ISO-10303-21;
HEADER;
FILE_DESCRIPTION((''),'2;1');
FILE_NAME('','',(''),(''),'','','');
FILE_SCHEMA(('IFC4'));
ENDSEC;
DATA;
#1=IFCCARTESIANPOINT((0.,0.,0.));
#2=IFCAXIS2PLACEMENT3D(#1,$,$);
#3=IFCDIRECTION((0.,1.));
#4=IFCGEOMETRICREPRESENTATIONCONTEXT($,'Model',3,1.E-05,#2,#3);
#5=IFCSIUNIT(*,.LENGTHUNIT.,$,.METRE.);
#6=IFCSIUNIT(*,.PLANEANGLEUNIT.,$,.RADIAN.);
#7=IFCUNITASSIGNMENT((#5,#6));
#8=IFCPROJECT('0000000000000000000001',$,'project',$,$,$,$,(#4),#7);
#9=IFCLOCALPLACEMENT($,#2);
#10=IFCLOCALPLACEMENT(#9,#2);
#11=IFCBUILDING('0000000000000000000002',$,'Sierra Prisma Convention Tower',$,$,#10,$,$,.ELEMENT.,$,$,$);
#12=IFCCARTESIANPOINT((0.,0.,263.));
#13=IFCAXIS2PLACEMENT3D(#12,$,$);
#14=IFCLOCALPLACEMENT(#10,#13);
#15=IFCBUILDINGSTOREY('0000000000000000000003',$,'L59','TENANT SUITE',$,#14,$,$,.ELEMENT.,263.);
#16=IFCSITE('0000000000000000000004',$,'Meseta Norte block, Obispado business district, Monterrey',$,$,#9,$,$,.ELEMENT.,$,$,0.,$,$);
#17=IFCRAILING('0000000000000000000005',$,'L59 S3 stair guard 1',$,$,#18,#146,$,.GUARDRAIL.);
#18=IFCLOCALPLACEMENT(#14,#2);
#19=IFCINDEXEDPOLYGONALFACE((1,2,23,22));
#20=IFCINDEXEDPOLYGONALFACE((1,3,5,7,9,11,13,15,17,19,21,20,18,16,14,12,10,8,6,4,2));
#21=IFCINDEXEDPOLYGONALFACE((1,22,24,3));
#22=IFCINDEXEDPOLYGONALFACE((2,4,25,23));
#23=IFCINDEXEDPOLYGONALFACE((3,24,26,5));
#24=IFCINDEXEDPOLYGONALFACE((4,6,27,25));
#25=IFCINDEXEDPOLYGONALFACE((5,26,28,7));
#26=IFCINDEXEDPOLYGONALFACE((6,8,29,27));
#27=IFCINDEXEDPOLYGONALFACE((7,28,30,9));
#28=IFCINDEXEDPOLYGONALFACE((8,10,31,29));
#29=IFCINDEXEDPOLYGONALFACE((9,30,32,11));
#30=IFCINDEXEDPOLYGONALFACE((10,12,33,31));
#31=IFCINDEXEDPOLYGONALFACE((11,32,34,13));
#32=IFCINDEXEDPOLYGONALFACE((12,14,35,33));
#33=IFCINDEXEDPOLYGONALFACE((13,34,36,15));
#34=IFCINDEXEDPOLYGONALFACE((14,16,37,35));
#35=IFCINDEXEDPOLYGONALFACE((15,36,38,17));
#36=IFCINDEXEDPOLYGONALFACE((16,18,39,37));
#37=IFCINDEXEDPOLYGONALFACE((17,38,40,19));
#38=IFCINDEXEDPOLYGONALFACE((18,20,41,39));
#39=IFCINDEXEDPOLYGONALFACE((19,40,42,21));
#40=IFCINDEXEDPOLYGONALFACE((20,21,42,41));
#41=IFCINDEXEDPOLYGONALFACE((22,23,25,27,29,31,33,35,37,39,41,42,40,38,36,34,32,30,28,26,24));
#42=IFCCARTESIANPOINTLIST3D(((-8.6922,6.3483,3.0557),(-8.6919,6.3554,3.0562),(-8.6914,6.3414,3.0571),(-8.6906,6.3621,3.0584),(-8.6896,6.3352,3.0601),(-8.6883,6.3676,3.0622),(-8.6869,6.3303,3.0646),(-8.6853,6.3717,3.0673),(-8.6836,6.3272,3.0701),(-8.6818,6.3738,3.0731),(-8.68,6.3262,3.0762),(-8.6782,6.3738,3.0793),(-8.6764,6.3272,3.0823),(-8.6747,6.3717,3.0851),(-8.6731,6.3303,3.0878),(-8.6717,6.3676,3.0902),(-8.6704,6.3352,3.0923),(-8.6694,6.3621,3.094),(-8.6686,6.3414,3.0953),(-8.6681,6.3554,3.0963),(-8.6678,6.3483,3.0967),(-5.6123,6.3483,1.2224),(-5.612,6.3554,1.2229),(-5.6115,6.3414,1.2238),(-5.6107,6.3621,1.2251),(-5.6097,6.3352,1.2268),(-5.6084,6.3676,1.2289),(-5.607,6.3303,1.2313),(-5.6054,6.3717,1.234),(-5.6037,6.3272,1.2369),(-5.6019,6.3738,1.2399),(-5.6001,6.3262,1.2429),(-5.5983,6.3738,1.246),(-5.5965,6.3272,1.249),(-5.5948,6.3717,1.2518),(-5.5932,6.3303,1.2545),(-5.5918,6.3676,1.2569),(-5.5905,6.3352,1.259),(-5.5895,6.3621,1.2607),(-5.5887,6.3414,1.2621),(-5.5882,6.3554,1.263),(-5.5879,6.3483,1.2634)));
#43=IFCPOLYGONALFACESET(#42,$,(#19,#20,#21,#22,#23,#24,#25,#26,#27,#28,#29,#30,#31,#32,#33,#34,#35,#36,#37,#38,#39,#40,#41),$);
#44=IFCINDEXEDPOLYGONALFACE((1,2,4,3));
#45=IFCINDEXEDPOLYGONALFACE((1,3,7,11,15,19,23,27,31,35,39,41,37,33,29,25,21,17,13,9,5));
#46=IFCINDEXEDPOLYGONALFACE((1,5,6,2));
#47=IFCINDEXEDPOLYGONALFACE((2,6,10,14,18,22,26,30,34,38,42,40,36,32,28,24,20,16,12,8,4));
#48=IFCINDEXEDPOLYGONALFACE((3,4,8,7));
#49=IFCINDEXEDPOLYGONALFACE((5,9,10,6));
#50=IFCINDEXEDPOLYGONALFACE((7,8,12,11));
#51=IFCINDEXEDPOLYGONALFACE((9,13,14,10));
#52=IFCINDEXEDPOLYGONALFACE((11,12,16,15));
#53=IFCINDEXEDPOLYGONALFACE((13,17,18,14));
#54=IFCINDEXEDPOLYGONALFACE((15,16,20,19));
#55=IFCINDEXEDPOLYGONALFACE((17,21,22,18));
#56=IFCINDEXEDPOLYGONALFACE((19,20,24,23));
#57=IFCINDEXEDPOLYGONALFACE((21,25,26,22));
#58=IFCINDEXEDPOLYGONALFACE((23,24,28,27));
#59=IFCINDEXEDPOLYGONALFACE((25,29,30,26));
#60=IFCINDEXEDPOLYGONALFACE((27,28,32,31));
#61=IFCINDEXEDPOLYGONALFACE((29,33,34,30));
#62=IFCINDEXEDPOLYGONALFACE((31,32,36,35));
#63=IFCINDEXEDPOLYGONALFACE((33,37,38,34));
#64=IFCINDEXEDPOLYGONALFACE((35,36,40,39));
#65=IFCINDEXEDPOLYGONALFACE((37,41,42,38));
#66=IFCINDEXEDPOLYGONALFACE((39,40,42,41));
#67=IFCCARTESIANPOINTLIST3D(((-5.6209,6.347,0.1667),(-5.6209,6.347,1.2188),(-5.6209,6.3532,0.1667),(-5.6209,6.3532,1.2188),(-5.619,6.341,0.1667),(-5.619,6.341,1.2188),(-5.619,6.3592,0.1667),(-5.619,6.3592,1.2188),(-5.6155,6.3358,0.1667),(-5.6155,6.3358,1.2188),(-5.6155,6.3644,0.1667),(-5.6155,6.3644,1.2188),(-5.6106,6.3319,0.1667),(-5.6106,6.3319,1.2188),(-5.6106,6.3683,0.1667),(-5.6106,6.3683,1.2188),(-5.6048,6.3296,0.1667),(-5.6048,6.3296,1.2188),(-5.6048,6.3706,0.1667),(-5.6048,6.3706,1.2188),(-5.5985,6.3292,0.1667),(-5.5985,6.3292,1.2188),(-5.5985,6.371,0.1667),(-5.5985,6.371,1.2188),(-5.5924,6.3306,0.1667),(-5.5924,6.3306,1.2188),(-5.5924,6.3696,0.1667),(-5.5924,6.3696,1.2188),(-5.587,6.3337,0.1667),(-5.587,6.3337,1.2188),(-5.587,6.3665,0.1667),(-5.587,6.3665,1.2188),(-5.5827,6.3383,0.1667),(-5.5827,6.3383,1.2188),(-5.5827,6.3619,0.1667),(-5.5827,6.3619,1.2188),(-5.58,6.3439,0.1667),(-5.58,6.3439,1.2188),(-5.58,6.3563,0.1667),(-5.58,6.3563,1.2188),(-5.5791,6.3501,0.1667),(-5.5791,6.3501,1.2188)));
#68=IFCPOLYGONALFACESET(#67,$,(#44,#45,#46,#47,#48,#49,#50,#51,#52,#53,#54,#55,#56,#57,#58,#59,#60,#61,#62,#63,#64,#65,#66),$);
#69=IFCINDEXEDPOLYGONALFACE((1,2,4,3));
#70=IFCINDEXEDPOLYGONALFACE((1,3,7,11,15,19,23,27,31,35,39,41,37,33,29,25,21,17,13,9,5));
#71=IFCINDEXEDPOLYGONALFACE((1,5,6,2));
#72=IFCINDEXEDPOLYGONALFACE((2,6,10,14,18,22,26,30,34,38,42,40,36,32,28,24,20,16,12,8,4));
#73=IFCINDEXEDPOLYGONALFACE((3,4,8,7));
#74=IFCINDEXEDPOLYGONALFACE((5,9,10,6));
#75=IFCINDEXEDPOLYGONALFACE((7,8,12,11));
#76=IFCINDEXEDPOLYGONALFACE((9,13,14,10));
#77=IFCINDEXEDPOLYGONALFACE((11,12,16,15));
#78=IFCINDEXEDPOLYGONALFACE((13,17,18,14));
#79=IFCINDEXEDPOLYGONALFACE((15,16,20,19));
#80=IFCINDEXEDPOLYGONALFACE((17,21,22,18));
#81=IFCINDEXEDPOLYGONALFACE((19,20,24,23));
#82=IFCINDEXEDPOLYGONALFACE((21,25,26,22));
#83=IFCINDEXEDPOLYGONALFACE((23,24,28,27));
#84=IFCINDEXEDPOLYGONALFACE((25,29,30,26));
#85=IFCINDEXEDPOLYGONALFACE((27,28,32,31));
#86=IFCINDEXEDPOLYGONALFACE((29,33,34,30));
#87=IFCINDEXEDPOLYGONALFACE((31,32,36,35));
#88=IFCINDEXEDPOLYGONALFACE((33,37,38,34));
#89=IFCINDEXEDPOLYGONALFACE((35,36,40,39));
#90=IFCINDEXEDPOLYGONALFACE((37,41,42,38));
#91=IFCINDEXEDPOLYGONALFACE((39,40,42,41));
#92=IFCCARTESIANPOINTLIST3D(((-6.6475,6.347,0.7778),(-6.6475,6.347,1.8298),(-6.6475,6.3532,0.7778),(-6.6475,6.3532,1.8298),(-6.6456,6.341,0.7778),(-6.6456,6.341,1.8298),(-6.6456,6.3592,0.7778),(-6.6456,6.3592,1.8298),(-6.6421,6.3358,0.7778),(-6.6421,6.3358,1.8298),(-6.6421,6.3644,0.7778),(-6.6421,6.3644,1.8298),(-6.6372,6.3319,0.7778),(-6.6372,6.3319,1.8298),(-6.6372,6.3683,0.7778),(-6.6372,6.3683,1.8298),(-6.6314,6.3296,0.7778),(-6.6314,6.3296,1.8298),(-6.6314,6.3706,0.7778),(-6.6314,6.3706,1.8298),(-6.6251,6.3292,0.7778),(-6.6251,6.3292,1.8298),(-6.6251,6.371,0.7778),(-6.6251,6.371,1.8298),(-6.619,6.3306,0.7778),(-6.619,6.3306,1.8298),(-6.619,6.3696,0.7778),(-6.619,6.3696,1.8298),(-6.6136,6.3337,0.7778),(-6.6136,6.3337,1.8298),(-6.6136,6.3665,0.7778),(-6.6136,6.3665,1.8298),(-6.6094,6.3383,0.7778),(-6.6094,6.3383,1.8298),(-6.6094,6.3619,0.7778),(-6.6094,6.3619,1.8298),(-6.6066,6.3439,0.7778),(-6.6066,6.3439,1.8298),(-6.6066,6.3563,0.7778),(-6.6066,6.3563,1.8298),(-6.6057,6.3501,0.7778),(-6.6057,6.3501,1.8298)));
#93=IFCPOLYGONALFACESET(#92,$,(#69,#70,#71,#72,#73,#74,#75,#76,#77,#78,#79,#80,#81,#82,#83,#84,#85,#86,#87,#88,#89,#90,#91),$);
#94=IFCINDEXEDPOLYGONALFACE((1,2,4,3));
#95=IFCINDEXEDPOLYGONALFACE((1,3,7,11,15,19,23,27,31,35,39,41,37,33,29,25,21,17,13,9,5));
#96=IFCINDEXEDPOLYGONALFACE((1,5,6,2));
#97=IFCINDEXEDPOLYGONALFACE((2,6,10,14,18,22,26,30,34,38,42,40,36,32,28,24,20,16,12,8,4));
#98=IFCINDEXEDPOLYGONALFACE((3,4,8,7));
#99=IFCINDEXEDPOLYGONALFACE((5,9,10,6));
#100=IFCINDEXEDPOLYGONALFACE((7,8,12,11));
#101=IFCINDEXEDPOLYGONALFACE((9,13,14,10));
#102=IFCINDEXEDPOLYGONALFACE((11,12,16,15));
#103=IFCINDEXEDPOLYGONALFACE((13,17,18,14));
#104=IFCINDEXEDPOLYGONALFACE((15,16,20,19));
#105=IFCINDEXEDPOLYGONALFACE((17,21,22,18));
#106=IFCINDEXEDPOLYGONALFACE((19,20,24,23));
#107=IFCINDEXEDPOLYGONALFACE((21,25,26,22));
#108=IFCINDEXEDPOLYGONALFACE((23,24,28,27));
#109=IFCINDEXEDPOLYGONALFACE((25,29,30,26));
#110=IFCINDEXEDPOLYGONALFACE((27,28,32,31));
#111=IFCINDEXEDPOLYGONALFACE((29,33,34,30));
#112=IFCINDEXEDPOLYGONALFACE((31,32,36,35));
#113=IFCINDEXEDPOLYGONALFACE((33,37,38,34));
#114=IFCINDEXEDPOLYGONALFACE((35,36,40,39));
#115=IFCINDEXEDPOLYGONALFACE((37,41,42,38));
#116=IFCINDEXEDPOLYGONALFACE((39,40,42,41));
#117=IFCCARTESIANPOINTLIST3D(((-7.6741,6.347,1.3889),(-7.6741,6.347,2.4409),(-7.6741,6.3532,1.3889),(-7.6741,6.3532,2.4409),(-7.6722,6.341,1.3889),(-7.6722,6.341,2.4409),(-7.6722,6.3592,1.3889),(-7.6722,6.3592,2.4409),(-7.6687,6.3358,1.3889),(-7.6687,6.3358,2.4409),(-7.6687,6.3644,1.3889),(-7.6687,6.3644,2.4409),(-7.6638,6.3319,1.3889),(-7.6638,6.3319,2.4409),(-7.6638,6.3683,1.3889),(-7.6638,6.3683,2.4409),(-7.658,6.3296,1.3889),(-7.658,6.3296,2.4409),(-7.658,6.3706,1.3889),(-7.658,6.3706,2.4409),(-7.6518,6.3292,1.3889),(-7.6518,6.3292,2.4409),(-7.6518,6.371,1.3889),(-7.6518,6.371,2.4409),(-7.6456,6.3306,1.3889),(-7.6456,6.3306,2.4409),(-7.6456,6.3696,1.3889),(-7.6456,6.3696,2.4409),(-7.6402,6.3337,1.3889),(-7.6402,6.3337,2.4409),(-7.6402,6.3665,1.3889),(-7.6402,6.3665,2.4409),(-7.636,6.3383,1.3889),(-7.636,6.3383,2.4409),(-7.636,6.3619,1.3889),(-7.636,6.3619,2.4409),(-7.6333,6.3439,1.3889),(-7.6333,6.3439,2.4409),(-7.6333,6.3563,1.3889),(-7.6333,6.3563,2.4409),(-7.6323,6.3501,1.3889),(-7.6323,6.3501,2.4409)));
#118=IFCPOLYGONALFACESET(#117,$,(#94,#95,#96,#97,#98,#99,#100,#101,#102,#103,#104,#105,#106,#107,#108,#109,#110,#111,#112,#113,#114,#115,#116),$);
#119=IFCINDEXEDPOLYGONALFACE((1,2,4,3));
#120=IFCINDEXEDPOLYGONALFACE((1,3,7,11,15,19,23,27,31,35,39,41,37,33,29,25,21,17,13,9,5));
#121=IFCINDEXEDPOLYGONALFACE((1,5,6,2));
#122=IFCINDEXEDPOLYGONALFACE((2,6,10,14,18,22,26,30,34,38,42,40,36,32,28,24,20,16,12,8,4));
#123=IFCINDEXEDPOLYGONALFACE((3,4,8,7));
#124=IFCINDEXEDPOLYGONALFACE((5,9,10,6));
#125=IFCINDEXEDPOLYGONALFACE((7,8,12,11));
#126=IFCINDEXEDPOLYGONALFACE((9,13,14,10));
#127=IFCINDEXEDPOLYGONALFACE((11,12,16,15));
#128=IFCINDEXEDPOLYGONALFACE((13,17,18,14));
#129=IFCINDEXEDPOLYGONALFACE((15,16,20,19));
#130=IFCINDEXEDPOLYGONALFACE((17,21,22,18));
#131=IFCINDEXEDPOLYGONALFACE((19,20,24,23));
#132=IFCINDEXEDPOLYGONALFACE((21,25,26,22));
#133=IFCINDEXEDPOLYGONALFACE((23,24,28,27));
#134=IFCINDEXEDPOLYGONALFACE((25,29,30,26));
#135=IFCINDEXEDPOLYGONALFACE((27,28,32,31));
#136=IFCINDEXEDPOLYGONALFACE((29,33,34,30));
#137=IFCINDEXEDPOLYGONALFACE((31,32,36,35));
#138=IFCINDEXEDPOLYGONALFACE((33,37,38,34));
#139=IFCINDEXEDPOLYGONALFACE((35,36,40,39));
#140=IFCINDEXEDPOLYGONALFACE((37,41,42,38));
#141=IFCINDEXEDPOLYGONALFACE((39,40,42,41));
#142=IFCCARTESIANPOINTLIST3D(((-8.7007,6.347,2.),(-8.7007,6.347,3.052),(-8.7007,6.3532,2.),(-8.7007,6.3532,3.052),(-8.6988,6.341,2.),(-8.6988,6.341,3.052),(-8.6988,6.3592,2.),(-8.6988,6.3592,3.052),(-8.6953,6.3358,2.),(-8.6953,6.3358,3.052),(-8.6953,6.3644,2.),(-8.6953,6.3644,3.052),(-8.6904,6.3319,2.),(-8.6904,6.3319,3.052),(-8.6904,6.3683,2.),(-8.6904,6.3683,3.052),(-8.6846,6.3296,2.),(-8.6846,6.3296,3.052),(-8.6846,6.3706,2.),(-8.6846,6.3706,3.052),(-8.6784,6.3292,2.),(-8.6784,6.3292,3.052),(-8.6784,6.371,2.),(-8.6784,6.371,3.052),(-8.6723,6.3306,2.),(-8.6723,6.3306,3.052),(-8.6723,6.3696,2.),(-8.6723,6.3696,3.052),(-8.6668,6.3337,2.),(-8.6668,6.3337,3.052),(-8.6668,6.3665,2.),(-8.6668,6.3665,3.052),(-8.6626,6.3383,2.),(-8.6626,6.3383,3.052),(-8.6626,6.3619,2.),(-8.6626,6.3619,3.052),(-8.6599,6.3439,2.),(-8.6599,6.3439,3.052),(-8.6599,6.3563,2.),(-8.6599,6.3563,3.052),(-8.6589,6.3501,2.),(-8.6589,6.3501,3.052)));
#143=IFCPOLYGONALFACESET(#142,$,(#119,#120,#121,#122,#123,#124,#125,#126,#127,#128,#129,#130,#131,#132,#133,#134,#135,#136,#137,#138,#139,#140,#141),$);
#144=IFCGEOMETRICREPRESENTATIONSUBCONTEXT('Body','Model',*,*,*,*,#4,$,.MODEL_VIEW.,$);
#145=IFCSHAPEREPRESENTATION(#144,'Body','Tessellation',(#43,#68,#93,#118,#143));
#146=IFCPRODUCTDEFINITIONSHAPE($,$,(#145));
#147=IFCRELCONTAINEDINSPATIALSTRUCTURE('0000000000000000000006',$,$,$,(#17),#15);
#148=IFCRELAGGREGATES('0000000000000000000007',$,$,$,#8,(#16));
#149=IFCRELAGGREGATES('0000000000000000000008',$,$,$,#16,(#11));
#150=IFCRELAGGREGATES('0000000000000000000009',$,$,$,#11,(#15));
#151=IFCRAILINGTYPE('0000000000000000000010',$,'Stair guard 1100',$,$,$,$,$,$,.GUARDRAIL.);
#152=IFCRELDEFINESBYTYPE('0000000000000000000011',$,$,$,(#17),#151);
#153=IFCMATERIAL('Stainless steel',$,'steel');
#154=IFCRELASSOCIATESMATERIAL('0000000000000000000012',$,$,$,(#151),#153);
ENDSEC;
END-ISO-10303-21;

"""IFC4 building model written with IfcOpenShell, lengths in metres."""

from ifc_helpers import new_model, si_unit, direction, frame, origin, origin_2d, place, context, subcontext, project, spatial, circle, extrude, material, type_object, element, save


model = new_model("IFC4")

# Units and contexts
model_context = context("Model", 3, precision=1e-05, world=origin(), true_north=direction((0.0, 1.0)))
body_context = subcontext(model_context, "Body", "Model", "MODEL_VIEW")
ifc_project = project(units=[si_unit("LENGTHUNIT", "METRE"), si_unit("PLANEANGLEUNIT", "RADIAN")], contexts=[model_context])

# Site, building, storey
site_placement = place(None, origin())
site = spatial("IfcSite", under=ifc_project, at=site_placement, Name="Meseta Norte block, Obispado business district, Monterrey", CompositionType="ELEMENT", RefElevation=0.0)
building_placement = place(site_placement, origin())
building = spatial("IfcBuilding", under=site, at=building_placement, Name="Sierra Prisma Convention Tower", CompositionType="ELEMENT")
storey_placement = place(building_placement, frame((0.0, 0.0, 263.0)))
storey = spatial("IfcBuildingStorey", under=building, at=storey_placement, Name="L59", Description="TENANT SUITE", CompositionType="ELEMENT", Elevation=263.0)

# Railing
ifc_material_1 = material(Name="Stainless steel", Category="steel")
railing_type_1 = type_object("IfcRailingType", Name="Stair guard 1100", PredefinedType="GUARDRAIL", material=ifc_material_1)
railing_1_placement = place(storey_placement, frame((-5.6001, 6.3501, 0.1667)))
element("IfcRailing", 1, at=railing_1_placement, inside=storey, type_object=railing_type_1, Name="L59 S3 stair guard 1", PredefinedType="GUARDRAIL", context=body_context, shape_type="SweptSolid", body=[
    extrude(circle(Radius=0.0239, at=origin_2d()), frame((0.0, 0.0, 1.0762), z_axis=(-0.859291, 0.0, 0.511487), x_axis=(0.0, -1.0, 0.0)), (0.0, 0.0, 1.0), 3.5842),
    extrude(circle(Radius=0.021, at=origin_2d()), origin(), (0.0, 0.0, 1.0), 1.052),
    extrude(circle(Radius=0.021, at=origin_2d()), frame((-1.0266, 0.0, 0.6111)), (0.0, 0.0, 1.0), 1.052),
    extrude(circle(Radius=0.021, at=origin_2d()), frame((-2.0532, 0.0, 1.2222)), (0.0, 0.0, 1.0), 1.052),
    extrude(circle(Radius=0.021, at=origin_2d()), frame((-3.0798, 0.0, 1.8333)), (0.0, 0.0, 1.0), 1.052),
])

save(model, "model.ifc")
